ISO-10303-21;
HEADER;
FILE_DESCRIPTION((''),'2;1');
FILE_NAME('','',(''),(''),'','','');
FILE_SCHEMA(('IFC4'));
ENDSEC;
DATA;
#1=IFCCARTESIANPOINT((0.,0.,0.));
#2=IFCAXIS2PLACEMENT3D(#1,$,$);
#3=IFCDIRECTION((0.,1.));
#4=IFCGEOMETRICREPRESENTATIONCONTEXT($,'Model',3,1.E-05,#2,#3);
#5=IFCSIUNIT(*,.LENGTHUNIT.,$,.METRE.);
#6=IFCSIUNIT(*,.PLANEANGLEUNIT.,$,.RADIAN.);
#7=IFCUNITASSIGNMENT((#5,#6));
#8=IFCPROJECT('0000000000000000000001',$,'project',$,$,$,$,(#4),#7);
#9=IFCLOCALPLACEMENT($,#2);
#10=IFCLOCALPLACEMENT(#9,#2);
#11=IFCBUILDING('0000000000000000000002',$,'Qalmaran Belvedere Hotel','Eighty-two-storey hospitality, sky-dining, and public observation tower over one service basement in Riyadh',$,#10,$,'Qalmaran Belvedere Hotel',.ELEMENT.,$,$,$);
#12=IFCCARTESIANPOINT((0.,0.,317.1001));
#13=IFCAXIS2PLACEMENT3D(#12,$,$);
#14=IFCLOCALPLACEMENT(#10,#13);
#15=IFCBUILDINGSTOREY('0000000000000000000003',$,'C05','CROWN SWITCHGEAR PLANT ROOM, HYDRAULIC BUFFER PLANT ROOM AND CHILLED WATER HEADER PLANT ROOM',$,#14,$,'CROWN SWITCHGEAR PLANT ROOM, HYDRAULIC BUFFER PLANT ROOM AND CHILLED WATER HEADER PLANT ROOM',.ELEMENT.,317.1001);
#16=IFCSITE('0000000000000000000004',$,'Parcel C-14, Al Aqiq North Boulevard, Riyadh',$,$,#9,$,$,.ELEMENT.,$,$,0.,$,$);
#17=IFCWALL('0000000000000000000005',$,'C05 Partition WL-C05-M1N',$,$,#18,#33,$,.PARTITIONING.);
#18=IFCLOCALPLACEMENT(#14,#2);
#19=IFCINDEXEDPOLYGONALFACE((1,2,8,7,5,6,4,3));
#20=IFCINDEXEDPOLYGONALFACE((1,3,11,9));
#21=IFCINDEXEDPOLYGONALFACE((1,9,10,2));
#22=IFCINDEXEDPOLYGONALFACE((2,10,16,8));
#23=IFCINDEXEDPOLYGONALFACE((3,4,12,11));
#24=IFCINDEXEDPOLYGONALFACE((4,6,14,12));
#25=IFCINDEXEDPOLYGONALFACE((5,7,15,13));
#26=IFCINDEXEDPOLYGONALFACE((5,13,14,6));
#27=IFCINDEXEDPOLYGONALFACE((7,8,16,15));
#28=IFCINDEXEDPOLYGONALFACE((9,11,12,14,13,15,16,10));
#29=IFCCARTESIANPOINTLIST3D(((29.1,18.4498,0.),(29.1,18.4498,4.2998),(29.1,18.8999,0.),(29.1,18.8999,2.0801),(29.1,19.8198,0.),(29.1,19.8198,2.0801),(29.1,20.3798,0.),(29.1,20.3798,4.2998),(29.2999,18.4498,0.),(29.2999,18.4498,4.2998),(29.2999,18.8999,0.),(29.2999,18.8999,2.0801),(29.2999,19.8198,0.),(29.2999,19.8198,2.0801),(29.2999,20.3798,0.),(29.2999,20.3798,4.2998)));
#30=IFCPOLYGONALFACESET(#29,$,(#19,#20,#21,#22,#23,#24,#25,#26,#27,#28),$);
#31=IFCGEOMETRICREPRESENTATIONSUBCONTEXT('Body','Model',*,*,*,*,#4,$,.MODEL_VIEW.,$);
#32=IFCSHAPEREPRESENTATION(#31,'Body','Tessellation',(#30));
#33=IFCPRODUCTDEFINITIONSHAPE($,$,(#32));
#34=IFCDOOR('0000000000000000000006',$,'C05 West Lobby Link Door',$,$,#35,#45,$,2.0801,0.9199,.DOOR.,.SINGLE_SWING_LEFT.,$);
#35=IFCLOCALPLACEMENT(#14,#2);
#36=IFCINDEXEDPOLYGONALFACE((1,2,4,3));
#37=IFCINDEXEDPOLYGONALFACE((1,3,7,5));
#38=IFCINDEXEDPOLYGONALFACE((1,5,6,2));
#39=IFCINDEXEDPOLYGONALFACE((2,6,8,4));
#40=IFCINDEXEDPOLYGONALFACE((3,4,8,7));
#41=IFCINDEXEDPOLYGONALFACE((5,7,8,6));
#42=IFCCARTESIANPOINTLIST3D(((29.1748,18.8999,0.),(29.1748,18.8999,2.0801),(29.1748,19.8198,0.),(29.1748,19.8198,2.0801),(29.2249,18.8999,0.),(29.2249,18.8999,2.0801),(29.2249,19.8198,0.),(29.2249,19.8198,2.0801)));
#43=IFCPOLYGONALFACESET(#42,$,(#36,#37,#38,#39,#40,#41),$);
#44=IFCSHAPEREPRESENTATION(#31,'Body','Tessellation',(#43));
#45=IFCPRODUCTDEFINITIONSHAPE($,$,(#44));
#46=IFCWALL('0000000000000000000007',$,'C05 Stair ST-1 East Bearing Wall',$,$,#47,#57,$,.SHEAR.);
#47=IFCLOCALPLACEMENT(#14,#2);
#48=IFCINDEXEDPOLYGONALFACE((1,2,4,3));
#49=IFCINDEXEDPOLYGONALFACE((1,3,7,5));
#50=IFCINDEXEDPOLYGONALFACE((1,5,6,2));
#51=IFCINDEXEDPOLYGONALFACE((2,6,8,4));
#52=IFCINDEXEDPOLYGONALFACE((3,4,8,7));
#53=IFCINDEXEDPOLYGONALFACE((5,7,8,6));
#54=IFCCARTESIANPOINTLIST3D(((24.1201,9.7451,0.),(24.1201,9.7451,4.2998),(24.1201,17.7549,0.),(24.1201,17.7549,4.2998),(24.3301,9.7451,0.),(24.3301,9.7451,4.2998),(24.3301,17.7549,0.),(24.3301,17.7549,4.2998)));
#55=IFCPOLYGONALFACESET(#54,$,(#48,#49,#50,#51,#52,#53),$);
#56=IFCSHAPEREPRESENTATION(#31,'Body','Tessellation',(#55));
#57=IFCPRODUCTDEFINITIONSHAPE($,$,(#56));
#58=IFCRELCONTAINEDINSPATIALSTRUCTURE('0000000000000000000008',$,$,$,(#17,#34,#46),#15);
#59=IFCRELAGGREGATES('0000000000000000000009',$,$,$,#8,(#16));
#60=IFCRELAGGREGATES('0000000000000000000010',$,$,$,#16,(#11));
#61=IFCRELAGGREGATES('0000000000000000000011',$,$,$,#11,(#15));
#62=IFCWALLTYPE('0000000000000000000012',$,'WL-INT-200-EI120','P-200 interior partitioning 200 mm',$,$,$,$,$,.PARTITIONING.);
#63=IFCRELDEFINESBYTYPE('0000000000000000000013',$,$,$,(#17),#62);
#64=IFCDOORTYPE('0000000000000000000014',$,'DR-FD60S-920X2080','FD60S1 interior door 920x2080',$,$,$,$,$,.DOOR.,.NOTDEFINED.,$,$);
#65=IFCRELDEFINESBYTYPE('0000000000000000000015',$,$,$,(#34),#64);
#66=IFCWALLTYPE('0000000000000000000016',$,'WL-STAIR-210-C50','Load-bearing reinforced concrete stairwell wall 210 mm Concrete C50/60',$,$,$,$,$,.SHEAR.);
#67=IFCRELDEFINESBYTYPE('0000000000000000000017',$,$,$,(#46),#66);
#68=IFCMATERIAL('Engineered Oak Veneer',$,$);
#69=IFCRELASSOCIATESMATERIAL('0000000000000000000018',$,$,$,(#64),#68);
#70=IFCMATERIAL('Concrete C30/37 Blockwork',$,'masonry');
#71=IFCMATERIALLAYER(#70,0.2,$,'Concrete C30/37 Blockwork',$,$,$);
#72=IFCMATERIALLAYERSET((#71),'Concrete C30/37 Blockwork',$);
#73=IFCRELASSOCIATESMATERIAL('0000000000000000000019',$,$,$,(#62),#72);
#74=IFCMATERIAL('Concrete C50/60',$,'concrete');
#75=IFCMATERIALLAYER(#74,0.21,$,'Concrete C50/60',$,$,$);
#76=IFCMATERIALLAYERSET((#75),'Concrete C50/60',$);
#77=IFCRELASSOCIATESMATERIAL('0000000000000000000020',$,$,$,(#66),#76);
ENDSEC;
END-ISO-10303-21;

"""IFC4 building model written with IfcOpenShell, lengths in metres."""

from ifc_helpers import new_model, si_unit, direction, frame, frame_2d, origin, place, context, subcontext, project, spatial, rectangle, extrude, material, layer, layer_set, type_object, element, fill, save


model = new_model("IFC4")

# Units and contexts
model_context = context("Model", 3, precision=1e-05, world=origin(), true_north=direction((0.0, 1.0)))
body_context = subcontext(model_context, "Body", "Model", "MODEL_VIEW")
ifc_project = project(units=[si_unit("LENGTHUNIT", "METRE"), si_unit("PLANEANGLEUNIT", "RADIAN")], contexts=[model_context])

# Site, building, storey
site_placement = place(None, origin())
site = spatial("IfcSite", under=ifc_project, at=site_placement, Name="Parcel C-14, Al Aqiq North Boulevard, Riyadh", CompositionType="ELEMENT", RefElevation=0.0)
building_placement = place(site_placement, origin())
building = spatial("IfcBuilding", under=site, at=building_placement, Name="Qalmaran Belvedere Hotel", Description="Eighty-two-storey hospitality, sky-dining, and public observation tower over one service basement in Riyadh", LongName="Qalmaran Belvedere Hotel", CompositionType="ELEMENT")
storey_placement = place(building_placement, frame((0.0, 0.0, 317.1001)))
storey = spatial("IfcBuildingStorey", under=building, at=storey_placement, Name="C05", Description="CROWN SWITCHGEAR PLANT ROOM, HYDRAULIC BUFFER PLANT ROOM AND CHILLED WATER HEADER PLANT ROOM", LongName="CROWN SWITCHGEAR PLANT ROOM, HYDRAULIC BUFFER PLANT ROOM AND CHILLED WATER HEADER PLANT ROOM", CompositionType="ELEMENT", Elevation=317.1001)

# Shared definitions
ifc_material_1 = material(Name="Concrete C50/60", Category="concrete")

# Shared definitions
ifc_material_2 = material(Name="Engineered Oak Veneer")
door_type_1 = type_object("IfcDoorType", Name="DR-FD60S-920X2080", Description="FD60S1 interior door 920x2080", OperationType="NOTDEFINED", PredefinedType="DOOR", material=ifc_material_2)

# Wall, opening, door
ifc_material_3 = material(Name="Concrete C30/37 Blockwork", Category="masonry")
ifc_layer_1 = layer(ifc_material_3, 0.2, Name="Concrete C30/37 Blockwork")
ifc_layer_set_1 = layer_set([ifc_layer_1], Name="Concrete C30/37 Blockwork")
wall_type_1 = type_object("IfcWallType", Name="WL-INT-200-EI120", Description="P-200 interior partitioning 200 mm", PredefinedType="PARTITIONING", material=ifc_layer_set_1)
wall_1_placement = place(storey_placement, frame((29.2, 18.45, 0.0), z_axis=(0.0, 0.0, 1.0), x_axis=(0.0, 1.0, 0.0)))
wall_1 = element("IfcWall", 1, at=wall_1_placement, inside=storey, type_object=wall_type_1, Name="C05 Partition WL-C05-M1N", PredefinedType="PARTITIONING", context=body_context, shape_type="SweptSolid", body=[
    extrude(rectangle(XDim=1.9299, YDim=0.2, at=frame_2d((0.9648, 0.0))), origin(), (0.0, 0.0, 1.0), 4.2998),
])
opening_1_placement = place(wall_1_placement, frame((1.3699, 0.0, 0.0), z_axis=(0.0, 0.0, 1.0), x_axis=(-1.0, 0.0, 0.0)))
opening_1 = element("IfcOpeningElement", 2, at=opening_1_placement, cuts=wall_1, PredefinedType="OPENING", context=body_context, shape_type="SweptSolid", body=[
    extrude(rectangle(XDim=0.9199, YDim=2.0801, at=frame_2d((0.46, 1.04))), frame((0.0, 0.1099, 0.0), z_axis=(0.0, -1.0, 0.0), x_axis=(1.0, 0.0, 0.0)), (0.0, 0.0, 1.0), 0.22),
])
door_1_placement = place(opening_1_placement, origin())
door_1 = element("IfcDoor", 3, at=door_1_placement, inside=storey, type_object=door_type_1, Name="C05 West Lobby Link Door", OperationType="SINGLE_SWING_LEFT", OverallHeight=2.0801, OverallWidth=0.9199, PredefinedType="DOOR", context=body_context, shape_type="SweptSolid", body=[
    extrude(rectangle(XDim=0.9199, YDim=2.0801, at=frame_2d((0.46, 1.04))), frame((0.0, 0.0249, 0.0), z_axis=(0.0, -1.0, 0.0), x_axis=(1.0, 0.0, 0.0)), (0.0, 0.0, 1.0), 0.05),
])
fill(opening_1, door_1)

# Wall
ifc_layer_2 = layer(ifc_material_1, 0.21, Name="Concrete C50/60")
ifc_layer_set_2 = layer_set([ifc_layer_2], Name="Concrete C50/60")
wall_type_2 = type_object("IfcWallType", Name="WL-STAIR-210-C50", Description="Load-bearing reinforced concrete stairwell wall 210 mm Concrete C50/60", PredefinedType="SHEAR", material=ifc_layer_set_2)
wall_2_placement = place(storey_placement, frame((24.2251, 9.7451, 0.0), z_axis=(0.0, 0.0, 1.0), x_axis=(0.0, 1.0, 0.0)))
element("IfcWall", 4, at=wall_2_placement, inside=storey, type_object=wall_type_2, Name="C05 Stair ST-1 East Bearing Wall", PredefinedType="SHEAR", context=body_context, shape_type="SweptSolid", body=[
    extrude(rectangle(XDim=8.0098, YDim=0.21, at=frame_2d((4.0049, 0.0))), origin(), (0.0, 0.0, 1.0), 4.2998),
])

save(model, "model.ifc")
